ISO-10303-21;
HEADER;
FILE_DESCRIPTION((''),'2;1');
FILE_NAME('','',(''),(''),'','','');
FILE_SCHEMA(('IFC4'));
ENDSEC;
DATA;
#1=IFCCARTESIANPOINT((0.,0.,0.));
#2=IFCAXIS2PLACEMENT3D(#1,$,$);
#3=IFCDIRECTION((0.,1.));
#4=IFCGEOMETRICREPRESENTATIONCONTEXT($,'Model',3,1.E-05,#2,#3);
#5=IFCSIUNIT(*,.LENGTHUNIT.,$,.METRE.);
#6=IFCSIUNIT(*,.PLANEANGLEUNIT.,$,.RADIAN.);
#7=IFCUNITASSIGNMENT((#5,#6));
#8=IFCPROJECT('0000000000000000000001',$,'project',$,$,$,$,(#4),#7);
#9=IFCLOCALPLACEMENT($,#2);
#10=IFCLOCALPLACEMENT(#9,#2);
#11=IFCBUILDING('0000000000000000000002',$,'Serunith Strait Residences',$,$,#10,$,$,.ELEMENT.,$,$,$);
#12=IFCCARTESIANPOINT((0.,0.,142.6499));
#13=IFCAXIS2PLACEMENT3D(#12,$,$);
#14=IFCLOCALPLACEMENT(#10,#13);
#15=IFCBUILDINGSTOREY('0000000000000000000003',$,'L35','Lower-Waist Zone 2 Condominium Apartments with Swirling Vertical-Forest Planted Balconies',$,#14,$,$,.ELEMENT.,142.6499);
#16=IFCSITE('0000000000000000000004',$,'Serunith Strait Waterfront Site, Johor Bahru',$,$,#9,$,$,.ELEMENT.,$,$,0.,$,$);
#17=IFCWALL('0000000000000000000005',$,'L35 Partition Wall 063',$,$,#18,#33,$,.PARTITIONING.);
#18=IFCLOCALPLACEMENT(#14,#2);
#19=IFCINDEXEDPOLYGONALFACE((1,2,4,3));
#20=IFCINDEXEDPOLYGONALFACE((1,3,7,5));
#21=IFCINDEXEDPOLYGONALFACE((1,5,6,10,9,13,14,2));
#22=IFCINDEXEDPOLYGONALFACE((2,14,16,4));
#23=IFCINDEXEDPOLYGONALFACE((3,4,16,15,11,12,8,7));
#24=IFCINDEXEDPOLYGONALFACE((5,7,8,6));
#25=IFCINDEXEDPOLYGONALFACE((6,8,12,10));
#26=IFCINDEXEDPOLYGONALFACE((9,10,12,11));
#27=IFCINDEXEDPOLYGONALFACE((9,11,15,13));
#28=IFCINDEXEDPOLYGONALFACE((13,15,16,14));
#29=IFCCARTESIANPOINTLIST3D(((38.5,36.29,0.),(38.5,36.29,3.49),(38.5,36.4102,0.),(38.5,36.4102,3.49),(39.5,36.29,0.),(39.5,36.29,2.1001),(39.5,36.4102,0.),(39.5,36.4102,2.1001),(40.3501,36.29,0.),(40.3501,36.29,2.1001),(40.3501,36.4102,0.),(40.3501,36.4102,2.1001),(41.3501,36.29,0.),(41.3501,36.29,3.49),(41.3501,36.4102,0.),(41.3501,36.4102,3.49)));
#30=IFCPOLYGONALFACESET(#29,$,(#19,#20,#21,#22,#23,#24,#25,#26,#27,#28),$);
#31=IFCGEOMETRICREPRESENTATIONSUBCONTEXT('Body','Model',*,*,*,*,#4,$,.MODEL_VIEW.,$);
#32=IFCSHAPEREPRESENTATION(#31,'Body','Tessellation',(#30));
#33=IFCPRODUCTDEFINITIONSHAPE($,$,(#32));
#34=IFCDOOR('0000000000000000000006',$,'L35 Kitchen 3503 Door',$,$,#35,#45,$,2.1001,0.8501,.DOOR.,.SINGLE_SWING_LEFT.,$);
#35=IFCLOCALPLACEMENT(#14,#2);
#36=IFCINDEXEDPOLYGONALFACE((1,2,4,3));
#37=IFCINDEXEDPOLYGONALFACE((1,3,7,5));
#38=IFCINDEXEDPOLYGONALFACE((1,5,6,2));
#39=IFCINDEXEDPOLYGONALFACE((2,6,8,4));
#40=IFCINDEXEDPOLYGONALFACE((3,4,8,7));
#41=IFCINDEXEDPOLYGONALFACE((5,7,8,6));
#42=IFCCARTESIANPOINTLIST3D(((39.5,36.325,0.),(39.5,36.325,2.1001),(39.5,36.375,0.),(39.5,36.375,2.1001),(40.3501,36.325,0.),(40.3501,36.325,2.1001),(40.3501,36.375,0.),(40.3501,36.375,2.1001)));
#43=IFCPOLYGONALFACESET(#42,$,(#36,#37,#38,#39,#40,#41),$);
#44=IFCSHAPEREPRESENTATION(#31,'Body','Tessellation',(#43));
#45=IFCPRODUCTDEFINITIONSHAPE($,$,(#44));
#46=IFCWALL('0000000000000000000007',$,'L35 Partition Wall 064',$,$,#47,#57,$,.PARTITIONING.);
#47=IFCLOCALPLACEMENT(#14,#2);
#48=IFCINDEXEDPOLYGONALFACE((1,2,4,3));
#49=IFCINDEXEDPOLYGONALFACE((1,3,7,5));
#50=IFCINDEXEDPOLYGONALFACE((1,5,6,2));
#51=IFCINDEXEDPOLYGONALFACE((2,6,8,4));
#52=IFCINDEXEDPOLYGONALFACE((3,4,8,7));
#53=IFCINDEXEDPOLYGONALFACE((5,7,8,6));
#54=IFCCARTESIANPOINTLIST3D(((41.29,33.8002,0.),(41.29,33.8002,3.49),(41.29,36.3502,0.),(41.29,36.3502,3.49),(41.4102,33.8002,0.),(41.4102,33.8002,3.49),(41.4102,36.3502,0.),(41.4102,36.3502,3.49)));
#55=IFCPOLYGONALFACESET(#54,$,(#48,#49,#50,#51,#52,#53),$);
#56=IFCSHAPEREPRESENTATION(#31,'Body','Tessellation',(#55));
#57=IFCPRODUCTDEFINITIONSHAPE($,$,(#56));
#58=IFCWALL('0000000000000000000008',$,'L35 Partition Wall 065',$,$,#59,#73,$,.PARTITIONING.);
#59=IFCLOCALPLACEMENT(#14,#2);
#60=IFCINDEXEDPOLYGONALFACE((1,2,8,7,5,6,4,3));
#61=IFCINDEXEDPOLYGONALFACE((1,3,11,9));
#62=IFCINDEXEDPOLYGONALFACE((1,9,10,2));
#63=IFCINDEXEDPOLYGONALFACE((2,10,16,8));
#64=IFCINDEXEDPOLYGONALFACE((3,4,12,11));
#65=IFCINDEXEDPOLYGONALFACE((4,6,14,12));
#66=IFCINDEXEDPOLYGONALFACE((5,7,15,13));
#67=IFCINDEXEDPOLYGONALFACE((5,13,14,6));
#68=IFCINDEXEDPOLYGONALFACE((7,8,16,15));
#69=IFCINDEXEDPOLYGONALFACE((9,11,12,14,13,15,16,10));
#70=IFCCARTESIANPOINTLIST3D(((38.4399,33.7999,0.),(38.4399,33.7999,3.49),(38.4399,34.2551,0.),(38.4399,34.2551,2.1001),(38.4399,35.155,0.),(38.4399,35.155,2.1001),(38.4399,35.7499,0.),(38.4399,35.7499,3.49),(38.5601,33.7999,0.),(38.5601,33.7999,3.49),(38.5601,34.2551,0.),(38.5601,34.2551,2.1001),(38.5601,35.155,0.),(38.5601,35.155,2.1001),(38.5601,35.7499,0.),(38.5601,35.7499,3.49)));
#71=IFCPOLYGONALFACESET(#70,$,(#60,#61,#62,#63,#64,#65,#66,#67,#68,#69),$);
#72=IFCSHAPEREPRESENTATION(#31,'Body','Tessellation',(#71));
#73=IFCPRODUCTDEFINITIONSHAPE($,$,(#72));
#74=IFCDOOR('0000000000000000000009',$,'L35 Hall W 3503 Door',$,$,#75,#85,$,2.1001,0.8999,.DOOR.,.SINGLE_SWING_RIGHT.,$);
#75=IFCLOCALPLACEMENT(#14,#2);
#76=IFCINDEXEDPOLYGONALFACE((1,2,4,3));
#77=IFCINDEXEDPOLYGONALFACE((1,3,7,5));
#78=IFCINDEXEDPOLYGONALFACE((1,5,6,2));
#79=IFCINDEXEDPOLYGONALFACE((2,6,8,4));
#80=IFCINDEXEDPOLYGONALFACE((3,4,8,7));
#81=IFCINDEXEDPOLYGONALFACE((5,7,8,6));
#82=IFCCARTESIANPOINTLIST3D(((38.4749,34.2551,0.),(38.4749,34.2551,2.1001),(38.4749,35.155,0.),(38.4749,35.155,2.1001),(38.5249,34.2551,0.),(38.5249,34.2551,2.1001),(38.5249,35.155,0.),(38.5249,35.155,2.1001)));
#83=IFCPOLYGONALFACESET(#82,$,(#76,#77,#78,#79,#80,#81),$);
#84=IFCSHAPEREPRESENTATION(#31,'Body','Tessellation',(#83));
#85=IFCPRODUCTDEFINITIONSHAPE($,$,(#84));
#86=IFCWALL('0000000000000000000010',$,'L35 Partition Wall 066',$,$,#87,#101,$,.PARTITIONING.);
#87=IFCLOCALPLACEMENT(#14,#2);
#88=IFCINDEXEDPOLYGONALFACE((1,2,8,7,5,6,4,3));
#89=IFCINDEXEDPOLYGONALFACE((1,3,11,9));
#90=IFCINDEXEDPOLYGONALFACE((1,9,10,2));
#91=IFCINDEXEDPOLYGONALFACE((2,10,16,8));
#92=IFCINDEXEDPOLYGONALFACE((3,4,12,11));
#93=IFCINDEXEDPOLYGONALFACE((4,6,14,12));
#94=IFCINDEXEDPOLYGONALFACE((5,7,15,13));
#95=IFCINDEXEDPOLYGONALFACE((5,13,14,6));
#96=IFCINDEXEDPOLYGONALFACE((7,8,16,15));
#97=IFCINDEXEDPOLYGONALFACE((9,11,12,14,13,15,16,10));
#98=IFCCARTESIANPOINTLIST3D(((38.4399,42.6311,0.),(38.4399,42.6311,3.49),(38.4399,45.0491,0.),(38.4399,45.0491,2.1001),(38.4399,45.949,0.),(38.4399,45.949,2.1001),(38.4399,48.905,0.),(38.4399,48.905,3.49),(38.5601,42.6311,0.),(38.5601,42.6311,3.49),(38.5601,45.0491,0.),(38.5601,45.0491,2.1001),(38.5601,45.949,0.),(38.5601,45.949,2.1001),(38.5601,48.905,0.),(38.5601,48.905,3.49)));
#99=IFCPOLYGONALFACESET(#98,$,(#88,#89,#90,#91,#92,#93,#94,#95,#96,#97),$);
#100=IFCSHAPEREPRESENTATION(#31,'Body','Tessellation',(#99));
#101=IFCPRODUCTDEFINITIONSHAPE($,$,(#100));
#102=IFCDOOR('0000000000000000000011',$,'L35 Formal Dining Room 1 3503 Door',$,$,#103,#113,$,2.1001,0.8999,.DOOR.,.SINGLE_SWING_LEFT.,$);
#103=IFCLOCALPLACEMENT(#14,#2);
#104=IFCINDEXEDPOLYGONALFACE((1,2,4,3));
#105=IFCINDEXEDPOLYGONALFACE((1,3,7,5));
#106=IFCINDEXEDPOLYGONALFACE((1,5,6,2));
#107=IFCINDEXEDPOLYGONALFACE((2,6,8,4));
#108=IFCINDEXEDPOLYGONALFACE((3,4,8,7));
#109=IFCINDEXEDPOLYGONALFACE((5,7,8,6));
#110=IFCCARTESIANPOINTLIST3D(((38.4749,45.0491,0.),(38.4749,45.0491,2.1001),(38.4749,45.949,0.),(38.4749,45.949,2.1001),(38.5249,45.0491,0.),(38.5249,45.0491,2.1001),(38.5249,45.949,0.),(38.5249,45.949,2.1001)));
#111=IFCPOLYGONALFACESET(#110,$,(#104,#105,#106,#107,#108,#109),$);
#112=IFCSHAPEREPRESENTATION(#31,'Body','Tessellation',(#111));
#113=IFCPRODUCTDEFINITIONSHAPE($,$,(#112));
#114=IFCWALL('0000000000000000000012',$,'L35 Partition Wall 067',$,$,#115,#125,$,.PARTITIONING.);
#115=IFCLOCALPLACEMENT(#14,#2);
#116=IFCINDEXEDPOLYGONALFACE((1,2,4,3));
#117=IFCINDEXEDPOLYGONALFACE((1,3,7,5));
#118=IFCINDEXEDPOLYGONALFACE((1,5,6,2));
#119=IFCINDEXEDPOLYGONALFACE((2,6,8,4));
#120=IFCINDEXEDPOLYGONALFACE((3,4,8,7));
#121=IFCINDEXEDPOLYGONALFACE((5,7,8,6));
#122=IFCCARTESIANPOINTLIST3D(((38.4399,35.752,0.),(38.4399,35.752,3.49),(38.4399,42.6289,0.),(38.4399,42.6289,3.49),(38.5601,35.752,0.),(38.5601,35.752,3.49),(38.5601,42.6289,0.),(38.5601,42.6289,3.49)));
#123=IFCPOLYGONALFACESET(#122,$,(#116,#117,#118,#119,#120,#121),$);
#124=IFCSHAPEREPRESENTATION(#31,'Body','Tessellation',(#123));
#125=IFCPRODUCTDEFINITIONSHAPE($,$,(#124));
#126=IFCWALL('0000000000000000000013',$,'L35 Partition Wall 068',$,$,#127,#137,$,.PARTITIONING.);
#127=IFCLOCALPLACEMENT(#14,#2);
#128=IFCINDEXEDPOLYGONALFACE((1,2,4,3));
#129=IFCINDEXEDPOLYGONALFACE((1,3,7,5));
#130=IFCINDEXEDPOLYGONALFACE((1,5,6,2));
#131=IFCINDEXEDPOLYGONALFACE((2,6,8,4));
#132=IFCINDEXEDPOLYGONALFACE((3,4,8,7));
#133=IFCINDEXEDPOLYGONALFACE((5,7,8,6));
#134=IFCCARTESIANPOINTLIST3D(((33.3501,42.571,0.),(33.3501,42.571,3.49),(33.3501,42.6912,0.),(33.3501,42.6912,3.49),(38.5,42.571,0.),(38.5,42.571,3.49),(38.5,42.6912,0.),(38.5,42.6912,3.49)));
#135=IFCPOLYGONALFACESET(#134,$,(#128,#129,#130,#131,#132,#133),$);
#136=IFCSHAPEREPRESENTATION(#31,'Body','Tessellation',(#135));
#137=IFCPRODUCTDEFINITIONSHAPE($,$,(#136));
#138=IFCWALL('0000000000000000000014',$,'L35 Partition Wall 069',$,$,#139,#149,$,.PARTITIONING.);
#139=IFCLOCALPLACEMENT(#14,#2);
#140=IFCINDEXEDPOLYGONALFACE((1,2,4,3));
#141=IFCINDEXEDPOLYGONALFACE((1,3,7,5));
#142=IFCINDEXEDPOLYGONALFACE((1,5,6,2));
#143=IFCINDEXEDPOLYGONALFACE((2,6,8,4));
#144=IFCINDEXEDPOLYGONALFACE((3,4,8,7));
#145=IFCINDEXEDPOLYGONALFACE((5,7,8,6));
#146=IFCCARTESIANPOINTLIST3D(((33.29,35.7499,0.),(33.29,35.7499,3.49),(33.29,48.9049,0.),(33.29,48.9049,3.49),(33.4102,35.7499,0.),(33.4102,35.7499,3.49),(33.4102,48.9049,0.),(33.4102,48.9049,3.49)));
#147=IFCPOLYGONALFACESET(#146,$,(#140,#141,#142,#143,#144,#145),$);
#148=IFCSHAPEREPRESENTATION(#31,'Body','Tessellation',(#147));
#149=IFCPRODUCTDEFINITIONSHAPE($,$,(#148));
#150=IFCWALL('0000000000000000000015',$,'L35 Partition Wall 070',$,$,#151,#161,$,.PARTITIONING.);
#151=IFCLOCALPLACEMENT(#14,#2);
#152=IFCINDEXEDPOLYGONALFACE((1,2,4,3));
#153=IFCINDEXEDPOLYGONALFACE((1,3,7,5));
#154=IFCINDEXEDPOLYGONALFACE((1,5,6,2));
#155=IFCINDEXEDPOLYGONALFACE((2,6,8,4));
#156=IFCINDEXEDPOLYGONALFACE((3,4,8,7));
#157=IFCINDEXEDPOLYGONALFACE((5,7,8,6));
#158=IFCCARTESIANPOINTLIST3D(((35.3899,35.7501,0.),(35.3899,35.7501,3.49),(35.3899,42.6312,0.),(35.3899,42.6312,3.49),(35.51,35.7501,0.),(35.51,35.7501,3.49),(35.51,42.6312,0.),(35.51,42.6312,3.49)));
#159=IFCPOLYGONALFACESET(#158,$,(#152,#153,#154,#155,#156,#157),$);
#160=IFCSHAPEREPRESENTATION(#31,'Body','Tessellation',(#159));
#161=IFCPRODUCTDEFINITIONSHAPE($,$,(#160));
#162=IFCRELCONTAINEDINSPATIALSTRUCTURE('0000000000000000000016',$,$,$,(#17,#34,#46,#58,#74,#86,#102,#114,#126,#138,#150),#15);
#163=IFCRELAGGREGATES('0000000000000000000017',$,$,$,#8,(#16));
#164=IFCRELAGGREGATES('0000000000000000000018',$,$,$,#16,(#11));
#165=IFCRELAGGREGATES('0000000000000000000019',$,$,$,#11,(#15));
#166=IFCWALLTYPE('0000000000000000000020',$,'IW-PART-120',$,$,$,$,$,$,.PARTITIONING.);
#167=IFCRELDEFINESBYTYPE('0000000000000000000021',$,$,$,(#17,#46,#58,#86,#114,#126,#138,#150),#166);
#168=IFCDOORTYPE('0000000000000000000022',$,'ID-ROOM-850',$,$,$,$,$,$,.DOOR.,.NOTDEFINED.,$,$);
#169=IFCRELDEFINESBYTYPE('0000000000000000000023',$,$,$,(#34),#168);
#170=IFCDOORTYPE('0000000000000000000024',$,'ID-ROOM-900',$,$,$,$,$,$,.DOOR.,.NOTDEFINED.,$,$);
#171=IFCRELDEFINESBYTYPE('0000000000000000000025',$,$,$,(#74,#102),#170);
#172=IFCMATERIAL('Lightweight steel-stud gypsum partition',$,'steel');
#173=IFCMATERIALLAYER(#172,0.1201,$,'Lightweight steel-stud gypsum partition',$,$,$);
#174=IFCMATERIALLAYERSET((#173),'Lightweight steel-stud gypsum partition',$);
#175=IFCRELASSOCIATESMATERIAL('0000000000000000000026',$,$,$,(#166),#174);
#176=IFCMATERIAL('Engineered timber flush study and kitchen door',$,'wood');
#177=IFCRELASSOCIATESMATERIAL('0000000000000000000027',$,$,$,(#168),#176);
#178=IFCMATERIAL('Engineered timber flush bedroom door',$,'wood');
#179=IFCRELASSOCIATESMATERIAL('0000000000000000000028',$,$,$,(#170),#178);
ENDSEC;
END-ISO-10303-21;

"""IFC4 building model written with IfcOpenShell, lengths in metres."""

from ifc_helpers import new_model, si_unit, direction, frame, frame_2d, origin, place, context, subcontext, project, spatial, rectangle, extrude, source, transform, mapped, material, layer, layer_set, type_object, element, fill, save


model = new_model("IFC4")

# Units and contexts
model_context = context("Model", 3, precision=1e-05, world=origin(), true_north=direction((0.0, 1.0)))
body_context = subcontext(model_context, "Body", "Model", "MODEL_VIEW")
ifc_project = project(units=[si_unit("LENGTHUNIT", "METRE"), si_unit("PLANEANGLEUNIT", "RADIAN")], contexts=[model_context])

# Site, building, storey
site_placement = place(None, origin())
site = spatial("IfcSite", under=ifc_project, at=site_placement, Name="Serunith Strait Waterfront Site, Johor Bahru", CompositionType="ELEMENT", RefElevation=0.0)
building_placement = place(site_placement, origin())
building = spatial("IfcBuilding", under=site, at=building_placement, Name="Serunith Strait Residences", CompositionType="ELEMENT")
storey_placement = place(building_placement, frame((0.0, 0.0, 142.6499)))
storey = spatial("IfcBuildingStorey", under=building, at=storey_placement, Name="L35", Description="Lower-Waist Zone 2 Condominium Apartments with Swirling Vertical-Forest Planted Balconies", CompositionType="ELEMENT", Elevation=142.6499)

# Wall, opening, door
ifc_material_1 = material(Name="Lightweight steel-stud gypsum partition", Category="steel")
ifc_layer_1 = layer(ifc_material_1, 0.1201, Name="Lightweight steel-stud gypsum partition")
ifc_layer_set_1 = layer_set([ifc_layer_1], Name="Lightweight steel-stud gypsum partition")
wall_type = type_object("IfcWallType", Name="IW-PART-120", PredefinedType="PARTITIONING", material=ifc_layer_set_1)
wall_1_placement = place(storey_placement, frame((38.5, 36.3501, 0.0), z_axis=(0.0, 0.0, 1.0), x_axis=(1.0, 0.0, 0.0)))
wall_1 = element("IfcWall", 1, at=wall_1_placement, inside=storey, type_object=wall_type, Name="L35 Partition Wall 063", PredefinedType="PARTITIONING", context=body_context, shape_type="SweptSolid", body=[
    extrude(rectangle(XDim=2.8501, YDim=0.1201, at=frame_2d((1.425, 0.0))), origin(), (0.0, 0.0, 1.0), 3.49),
])
opening_1_placement = place(wall_1_placement, frame((1.0, 0.0, 0.0)))
opening_1 = element("IfcOpeningElement", 2, at=opening_1_placement, cuts=wall_1, PredefinedType="OPENING", context=body_context, shape_type="SweptSolid", body=[
    extrude(rectangle(XDim=0.8501, YDim=2.1001, at=frame_2d((0.425, 1.05))), frame((0.0, 0.0701, 0.0), z_axis=(0.0, -1.0, 0.0), x_axis=(1.0, 0.0, 0.0)), (0.0, 0.0, 1.0), 0.1401),
])
ifc_material_2 = material(Name="Engineered timber flush study and kitchen door", Category="wood")
door_type_1 = type_object("IfcDoorType", Name="ID-ROOM-850", OperationType="NOTDEFINED", PredefinedType="DOOR", material=ifc_material_2)
shared_shape_1 = source(origin(), body_context, "Body", "SweptSolid", [
    extrude(rectangle(XDim=0.8501, YDim=2.1001, at=frame_2d((0.425, 1.05))), frame((0.0, 0.0249, 0.0), z_axis=(0.0, -1.0, 0.0), x_axis=(1.0, 0.0, 0.0)), (0.0, 0.0, 1.0), 0.05),
])
door_1_placement = place(opening_1_placement, origin())
door_1 = element("IfcDoor", 3, at=door_1_placement, inside=storey, type_object=door_type_1, Name="L35 Kitchen 3503 Door", OperationType="SINGLE_SWING_LEFT", OverallHeight=2.1001, OverallWidth=0.8501, PredefinedType="DOOR", context=body_context, shape_type="MappedRepresentation", body=[
    mapped(shared_shape_1, transform((0.0, 0.0, 0.0), scale=1.0)),
])
fill(opening_1, door_1)

# Wall
wall_2_placement = place(storey_placement, frame((41.3501, 36.3501, 0.0), z_axis=(0.0, 0.0, 1.0), x_axis=(0.0, -1.0, 0.0)))
element("IfcWall", 4, at=wall_2_placement, inside=storey, type_object=wall_type, Name="L35 Partition Wall 064", PredefinedType="PARTITIONING", context=body_context, shape_type="SweptSolid", body=[
    extrude(rectangle(XDim=2.55, YDim=0.1201, at=frame_2d((1.2749, 0.0))), origin(), (0.0, 0.0, 1.0), 3.49),
])

# Walls, openings, doors
wall_3_placement = place(storey_placement, frame((38.5, 35.75, 0.0), z_axis=(0.0, 0.0, 1.0), x_axis=(0.0, -1.0, 0.0)))
wall_3 = element("IfcWall", 5, at=wall_3_placement, inside=storey, type_object=wall_type, Name="L35 Partition Wall 065", PredefinedType="PARTITIONING", context=body_context, shape_type="SweptSolid", body=[
    extrude(rectangle(XDim=1.95, YDim=0.1201, at=frame_2d((0.9751, 0.0))), origin(), (0.0, 0.0, 1.0), 3.49),
])
opening_2_placement = place(wall_3_placement, frame((0.595, 0.0, 0.0)))
opening_2 = element("IfcOpeningElement", 6, at=opening_2_placement, cuts=wall_3, PredefinedType="OPENING", context=body_context, shape_type="SweptSolid", body=[
    extrude(rectangle(XDim=0.8999, YDim=2.1001, at=frame_2d((0.45, 1.05))), frame((0.0, 0.0701, 0.0), z_axis=(0.0, -1.0, 0.0), x_axis=(1.0, 0.0, 0.0)), (0.0, 0.0, 1.0), 0.1401),
])
ifc_material_3 = material(Name="Engineered timber flush bedroom door", Category="wood")
door_type_2 = type_object("IfcDoorType", Name="ID-ROOM-900", OperationType="NOTDEFINED", PredefinedType="DOOR", material=ifc_material_3)
shared_shape_2 = source(origin(), body_context, "Body", "SweptSolid", [
    extrude(rectangle(XDim=0.8999, YDim=2.1001, at=frame_2d((0.45, 1.05))), frame((0.0, 0.0249, 0.0), z_axis=(0.0, -1.0, 0.0), x_axis=(1.0, 0.0, 0.0)), (0.0, 0.0, 1.0), 0.05),
])
door_2_placement = place(opening_2_placement, origin())
door_2 = element("IfcDoor", 7, at=door_2_placement, inside=storey, type_object=door_type_2, Name="L35 Hall W 3503 Door", OperationType="SINGLE_SWING_RIGHT", OverallHeight=2.1001, OverallWidth=0.8999, PredefinedType="DOOR", context=body_context, shape_type="MappedRepresentation", body=[
    mapped(shared_shape_2, transform((0.0, 0.0, 0.0), scale=1.0)),
])
fill(opening_2, door_2)
wall_4_placement = place(storey_placement, frame((38.5, 48.905, 0.0), z_axis=(0.0, 0.0, 1.0), x_axis=(0.0, -1.0, 0.0)))
wall_4 = element("IfcWall", 8, at=wall_4_placement, inside=storey, type_object=wall_type, Name="L35 Partition Wall 066", PredefinedType="PARTITIONING", context=body_context, shape_type="SweptSolid", body=[
    extrude(rectangle(XDim=6.2739, YDim=0.1201, at=frame_2d((3.137, 0.0))), origin(), (0.0, 0.0, 1.0), 3.49),
])
opening_3_placement = place(wall_4_placement, frame((2.9561, 0.0, 0.0)))
opening_3 = element("IfcOpeningElement", 9, at=opening_3_placement, cuts=wall_4, PredefinedType="OPENING", context=body_context, shape_type="SweptSolid", body=[
    extrude(rectangle(XDim=0.8999, YDim=2.1001, at=frame_2d((0.45, 1.05))), frame((0.0, 0.0701, 0.0), z_axis=(0.0, -1.0, 0.0), x_axis=(1.0, 0.0, 0.0)), (0.0, 0.0, 1.0), 0.1401),
])
door_3_placement = place(opening_3_placement, origin())
door_3 = element("IfcDoor", 10, at=door_3_placement, inside=storey, type_object=door_type_2, Name="L35 Formal Dining Room 1 3503 Door", OperationType="SINGLE_SWING_LEFT", OverallHeight=2.1001, OverallWidth=0.8999, PredefinedType="DOOR", context=body_context, shape_type="MappedRepresentation", body=[
    mapped(shared_shape_2, transform((0.0, 0.0, 0.0), scale=1.0)),
])
fill(opening_3, door_3)

# Walls
wall_5_placement = place(storey_placement, frame((38.5, 42.6289, 0.0), z_axis=(0.0, 0.0, 1.0), x_axis=(0.0, -1.0, 0.0)))
element("IfcWall", 11, at=wall_5_placement, inside=storey, type_object=wall_type, Name="L35 Partition Wall 067", PredefinedType="PARTITIONING", context=body_context, shape_type="SweptSolid", body=[
    extrude(rectangle(XDim=6.877, YDim=0.1201, at=frame_2d((3.4385, 0.0))), origin(), (0.0, 0.0, 1.0), 3.49),
])
wall_6_placement = place(storey_placement, frame((33.3501, 42.6311, 0.0), z_axis=(0.0, 0.0, 1.0), x_axis=(1.0, 0.0, 0.0)))
element("IfcWall", 12, at=wall_6_placement, inside=storey, type_object=wall_type, Name="L35 Partition Wall 068", PredefinedType="PARTITIONING", context=body_context, shape_type="SweptSolid", body=[
    extrude(rectangle(XDim=5.1499, YDim=0.1201, at=frame_2d((2.575, 0.0))), origin(), (0.0, 0.0, 1.0), 3.49),
])
wall_7_placement = place(storey_placement, frame((33.3501, 48.905, 0.0), z_axis=(0.0, 0.0, 1.0), x_axis=(0.0, -1.0, 0.0)))
element("IfcWall", 13, at=wall_7_placement, inside=storey, type_object=wall_type, Name="L35 Partition Wall 069", PredefinedType="PARTITIONING", context=body_context, shape_type="SweptSolid", body=[
    extrude(rectangle(XDim=13.155, YDim=0.1201, at=frame_2d((6.5776, 0.0))), origin(), (0.0, 0.0, 1.0), 3.49),
])
wall_8_placement = place(storey_placement, frame((35.45, 42.6311, 0.0), z_axis=(0.0, 0.0, 1.0), x_axis=(0.0, -1.0, 0.0)))
element("IfcWall", 14, at=wall_8_placement, inside=storey, type_object=wall_type, Name="L35 Partition Wall 070", PredefinedType="PARTITIONING", context=body_context, shape_type="SweptSolid", body=[
    extrude(rectangle(XDim=6.8811, YDim=0.1201, at=frame_2d((3.4404, 0.0))), origin(), (0.0, 0.0, 1.0), 3.49),
])

save(model, "model.ifc")
